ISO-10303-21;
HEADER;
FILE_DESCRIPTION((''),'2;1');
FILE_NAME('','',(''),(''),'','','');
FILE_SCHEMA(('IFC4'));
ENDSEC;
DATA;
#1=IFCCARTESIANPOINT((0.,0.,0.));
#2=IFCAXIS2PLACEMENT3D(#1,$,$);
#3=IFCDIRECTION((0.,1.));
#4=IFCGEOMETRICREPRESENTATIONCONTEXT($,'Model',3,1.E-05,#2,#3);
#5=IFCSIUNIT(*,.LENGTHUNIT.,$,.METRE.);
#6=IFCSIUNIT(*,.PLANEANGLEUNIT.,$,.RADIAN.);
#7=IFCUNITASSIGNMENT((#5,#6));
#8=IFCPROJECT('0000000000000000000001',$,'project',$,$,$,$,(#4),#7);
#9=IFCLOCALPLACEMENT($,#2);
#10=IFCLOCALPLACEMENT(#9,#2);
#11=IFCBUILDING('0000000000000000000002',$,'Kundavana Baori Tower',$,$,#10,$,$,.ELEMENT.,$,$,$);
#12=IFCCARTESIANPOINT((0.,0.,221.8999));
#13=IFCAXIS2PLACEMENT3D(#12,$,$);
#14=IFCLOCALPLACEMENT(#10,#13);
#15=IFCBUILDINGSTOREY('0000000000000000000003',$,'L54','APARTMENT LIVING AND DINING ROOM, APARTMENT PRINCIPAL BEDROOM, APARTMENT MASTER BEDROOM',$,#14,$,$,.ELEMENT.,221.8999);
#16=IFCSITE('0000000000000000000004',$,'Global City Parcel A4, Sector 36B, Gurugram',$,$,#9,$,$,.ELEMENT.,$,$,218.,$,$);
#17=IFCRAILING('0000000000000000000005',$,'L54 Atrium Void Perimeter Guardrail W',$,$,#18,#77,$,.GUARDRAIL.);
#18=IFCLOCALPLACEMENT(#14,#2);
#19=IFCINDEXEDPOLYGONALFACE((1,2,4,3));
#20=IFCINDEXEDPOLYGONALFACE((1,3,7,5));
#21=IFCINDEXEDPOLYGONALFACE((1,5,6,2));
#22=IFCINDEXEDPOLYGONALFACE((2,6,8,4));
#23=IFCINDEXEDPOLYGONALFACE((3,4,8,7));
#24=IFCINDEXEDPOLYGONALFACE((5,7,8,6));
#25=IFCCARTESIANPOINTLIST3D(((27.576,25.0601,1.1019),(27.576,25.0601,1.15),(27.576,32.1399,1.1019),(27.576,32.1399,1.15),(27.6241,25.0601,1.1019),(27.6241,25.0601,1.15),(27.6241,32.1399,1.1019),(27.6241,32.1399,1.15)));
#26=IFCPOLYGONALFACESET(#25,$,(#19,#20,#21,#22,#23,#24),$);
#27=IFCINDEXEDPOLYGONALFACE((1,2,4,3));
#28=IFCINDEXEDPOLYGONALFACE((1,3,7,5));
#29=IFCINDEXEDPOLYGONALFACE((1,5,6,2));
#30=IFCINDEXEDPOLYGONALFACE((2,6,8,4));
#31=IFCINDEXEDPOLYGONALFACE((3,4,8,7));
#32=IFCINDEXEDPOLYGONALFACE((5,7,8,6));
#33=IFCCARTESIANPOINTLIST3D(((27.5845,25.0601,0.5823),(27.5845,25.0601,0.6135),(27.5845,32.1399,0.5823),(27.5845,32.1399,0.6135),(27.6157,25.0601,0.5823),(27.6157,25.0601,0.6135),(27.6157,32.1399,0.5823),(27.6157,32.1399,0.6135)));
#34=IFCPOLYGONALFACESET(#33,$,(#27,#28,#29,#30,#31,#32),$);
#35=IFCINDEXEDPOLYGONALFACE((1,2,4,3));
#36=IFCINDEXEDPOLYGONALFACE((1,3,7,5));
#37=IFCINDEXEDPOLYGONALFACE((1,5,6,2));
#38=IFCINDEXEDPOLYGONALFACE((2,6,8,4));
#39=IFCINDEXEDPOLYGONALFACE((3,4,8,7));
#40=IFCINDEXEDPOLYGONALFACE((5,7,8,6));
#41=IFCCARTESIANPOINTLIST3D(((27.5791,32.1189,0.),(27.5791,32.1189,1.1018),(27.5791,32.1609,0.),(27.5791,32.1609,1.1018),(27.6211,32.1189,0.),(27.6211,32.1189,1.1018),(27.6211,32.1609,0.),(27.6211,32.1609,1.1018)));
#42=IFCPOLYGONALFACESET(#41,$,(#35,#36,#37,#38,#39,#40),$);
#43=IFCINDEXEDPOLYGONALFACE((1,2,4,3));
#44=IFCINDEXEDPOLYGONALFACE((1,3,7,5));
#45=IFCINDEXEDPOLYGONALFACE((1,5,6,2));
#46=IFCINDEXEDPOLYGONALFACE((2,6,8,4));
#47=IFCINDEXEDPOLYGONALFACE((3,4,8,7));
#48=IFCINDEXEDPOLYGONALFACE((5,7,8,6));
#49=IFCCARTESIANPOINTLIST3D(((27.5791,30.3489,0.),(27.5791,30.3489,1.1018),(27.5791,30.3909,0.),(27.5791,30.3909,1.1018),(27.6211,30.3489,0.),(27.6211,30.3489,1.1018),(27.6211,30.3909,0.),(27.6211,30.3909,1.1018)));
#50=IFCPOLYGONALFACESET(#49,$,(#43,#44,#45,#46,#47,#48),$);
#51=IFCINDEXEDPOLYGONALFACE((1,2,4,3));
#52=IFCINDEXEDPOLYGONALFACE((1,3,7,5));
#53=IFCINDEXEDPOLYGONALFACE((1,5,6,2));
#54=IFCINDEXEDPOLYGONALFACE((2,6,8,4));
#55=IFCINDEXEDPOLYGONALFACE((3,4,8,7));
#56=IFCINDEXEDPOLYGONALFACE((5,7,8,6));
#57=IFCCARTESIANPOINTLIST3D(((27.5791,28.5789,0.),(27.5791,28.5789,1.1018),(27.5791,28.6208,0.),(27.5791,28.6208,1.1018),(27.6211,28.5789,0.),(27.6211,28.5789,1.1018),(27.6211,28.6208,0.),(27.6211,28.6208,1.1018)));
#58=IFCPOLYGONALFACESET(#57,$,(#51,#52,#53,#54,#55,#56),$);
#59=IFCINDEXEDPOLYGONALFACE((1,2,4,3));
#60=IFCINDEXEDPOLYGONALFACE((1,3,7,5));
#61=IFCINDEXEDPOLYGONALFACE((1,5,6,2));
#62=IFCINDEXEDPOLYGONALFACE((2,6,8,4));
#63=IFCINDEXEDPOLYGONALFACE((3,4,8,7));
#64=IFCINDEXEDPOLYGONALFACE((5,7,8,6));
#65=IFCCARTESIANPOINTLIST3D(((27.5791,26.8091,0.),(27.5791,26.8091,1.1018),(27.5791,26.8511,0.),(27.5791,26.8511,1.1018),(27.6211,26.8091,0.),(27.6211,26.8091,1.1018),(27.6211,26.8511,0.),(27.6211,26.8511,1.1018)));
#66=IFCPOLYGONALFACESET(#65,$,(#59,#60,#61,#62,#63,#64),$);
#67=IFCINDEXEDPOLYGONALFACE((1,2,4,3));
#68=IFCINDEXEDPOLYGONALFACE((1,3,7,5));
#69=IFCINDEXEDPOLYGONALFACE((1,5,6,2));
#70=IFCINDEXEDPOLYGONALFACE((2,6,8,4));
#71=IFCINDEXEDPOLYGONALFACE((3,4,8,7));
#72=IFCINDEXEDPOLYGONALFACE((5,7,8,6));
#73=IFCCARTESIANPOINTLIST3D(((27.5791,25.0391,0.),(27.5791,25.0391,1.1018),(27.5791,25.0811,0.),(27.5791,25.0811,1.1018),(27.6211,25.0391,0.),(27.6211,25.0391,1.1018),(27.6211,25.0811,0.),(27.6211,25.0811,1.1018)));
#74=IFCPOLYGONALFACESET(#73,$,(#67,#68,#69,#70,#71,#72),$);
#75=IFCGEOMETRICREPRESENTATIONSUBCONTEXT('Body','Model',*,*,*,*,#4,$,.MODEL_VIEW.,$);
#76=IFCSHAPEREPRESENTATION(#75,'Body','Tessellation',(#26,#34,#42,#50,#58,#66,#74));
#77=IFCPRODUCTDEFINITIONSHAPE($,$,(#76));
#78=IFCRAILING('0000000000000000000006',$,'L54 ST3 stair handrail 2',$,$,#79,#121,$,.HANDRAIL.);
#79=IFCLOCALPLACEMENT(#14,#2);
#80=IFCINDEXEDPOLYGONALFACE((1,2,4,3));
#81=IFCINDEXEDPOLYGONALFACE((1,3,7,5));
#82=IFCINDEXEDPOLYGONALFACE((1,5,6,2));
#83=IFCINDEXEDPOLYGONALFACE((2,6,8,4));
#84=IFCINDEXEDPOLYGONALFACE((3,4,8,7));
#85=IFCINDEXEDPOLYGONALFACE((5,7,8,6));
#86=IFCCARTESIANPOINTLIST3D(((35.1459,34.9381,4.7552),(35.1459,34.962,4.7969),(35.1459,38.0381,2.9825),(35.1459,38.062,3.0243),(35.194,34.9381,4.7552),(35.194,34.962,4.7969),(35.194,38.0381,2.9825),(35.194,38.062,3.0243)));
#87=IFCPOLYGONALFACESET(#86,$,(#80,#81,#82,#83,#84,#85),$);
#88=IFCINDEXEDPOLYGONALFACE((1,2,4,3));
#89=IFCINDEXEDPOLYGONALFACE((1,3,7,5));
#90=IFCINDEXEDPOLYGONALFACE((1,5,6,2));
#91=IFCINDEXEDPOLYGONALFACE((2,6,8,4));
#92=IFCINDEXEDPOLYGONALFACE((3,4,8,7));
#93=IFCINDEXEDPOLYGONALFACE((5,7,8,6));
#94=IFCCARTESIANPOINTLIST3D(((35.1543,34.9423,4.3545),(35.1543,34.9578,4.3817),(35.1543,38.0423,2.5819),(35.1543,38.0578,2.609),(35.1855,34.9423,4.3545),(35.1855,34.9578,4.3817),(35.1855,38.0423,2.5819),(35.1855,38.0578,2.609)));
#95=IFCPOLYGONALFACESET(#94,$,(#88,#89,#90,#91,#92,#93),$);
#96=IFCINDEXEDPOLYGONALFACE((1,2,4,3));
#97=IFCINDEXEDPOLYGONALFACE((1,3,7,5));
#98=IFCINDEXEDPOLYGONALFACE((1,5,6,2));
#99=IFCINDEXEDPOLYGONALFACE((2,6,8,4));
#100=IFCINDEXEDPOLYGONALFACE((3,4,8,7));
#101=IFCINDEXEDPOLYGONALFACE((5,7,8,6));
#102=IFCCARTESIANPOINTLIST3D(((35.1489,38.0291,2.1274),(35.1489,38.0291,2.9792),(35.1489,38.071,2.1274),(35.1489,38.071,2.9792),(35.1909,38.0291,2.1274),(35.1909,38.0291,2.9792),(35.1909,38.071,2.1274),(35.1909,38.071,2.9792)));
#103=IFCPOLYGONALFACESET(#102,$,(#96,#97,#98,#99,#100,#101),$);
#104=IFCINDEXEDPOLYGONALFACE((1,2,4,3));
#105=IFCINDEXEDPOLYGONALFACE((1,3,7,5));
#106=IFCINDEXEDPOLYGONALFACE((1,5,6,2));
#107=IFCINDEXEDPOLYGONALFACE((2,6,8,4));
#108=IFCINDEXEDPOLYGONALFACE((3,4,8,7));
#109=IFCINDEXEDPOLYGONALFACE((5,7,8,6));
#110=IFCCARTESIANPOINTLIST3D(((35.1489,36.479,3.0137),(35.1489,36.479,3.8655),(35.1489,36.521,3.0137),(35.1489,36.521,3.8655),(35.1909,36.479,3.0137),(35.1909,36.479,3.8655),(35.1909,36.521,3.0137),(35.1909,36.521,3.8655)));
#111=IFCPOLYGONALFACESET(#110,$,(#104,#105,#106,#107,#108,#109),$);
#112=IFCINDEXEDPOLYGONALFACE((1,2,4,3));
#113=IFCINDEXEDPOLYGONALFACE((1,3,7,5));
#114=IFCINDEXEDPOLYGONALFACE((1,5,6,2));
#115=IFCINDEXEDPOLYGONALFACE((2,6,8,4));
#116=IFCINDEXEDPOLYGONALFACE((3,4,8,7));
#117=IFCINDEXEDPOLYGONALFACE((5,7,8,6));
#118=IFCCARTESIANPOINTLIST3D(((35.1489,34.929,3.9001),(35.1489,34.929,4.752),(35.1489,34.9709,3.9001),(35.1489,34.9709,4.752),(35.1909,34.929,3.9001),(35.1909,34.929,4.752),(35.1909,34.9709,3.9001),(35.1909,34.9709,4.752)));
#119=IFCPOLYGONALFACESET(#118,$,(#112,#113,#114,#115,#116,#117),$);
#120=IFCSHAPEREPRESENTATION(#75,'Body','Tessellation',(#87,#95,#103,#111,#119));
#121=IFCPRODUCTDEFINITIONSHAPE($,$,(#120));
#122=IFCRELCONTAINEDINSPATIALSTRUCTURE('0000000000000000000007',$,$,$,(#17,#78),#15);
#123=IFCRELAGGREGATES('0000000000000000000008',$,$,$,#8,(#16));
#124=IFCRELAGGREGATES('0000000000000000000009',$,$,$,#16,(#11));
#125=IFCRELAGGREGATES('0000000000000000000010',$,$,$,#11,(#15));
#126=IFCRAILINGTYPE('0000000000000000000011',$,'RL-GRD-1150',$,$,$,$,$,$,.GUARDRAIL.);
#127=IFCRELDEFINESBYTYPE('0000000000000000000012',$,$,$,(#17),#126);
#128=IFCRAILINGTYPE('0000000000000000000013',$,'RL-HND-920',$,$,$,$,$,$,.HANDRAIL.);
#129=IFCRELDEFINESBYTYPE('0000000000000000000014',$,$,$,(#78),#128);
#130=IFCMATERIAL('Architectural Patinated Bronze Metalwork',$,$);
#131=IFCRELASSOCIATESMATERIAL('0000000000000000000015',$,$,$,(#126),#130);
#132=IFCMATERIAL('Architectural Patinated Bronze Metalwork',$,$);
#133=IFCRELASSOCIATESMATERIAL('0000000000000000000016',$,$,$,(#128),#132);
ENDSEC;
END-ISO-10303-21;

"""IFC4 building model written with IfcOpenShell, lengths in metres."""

from ifc_helpers import new_model, si_unit, direction, frame, origin, origin_2d, place, context, subcontext, project, spatial, rectangle, extrude, material, type_object, element, save


model = new_model("IFC4")

# Units and contexts
model_context = context("Model", 3, precision=1e-05, world=origin(), true_north=direction((0.0, 1.0)))
body_context = subcontext(model_context, "Body", "Model", "MODEL_VIEW")
ifc_project = project(units=[si_unit("LENGTHUNIT", "METRE"), si_unit("PLANEANGLEUNIT", "RADIAN")], contexts=[model_context])

# Site, building, storey
site_placement = place(None, origin())
site = spatial("IfcSite", under=ifc_project, at=site_placement, Name="Global City Parcel A4, Sector 36B, Gurugram", CompositionType="ELEMENT", RefElevation=218.0)
building_placement = place(site_placement, origin())
building = spatial("IfcBuilding", under=site, at=building_placement, Name="Kundavana Baori Tower", CompositionType="ELEMENT")
storey_placement = place(building_placement, frame((0.0, 0.0, 221.8999)))
storey = spatial("IfcBuildingStorey", under=building, at=storey_placement, Name="L54", Description="APARTMENT LIVING AND DINING ROOM, APARTMENT PRINCIPAL BEDROOM, APARTMENT MASTER BEDROOM", CompositionType="ELEMENT", Elevation=221.8999)

# Railings
ifc_material_1 = material(Name="Architectural Patinated Bronze Metalwork")
railing_type_1 = type_object("IfcRailingType", Name="RL-GRD-1150", PredefinedType="GUARDRAIL", material=ifc_material_1)
railing_1_placement = place(storey_placement, frame((27.6001, 32.1399, 0.0)))
element("IfcRailing", 1, at=railing_1_placement, inside=storey, type_object=railing_type_1, Name="L54 Atrium Void Perimeter Guardrail W", PredefinedType="GUARDRAIL", context=body_context, shape_type="SweptSolid", body=[
    extrude(rectangle(XDim=0.0481, YDim=0.0481, at=origin_2d()), frame((0.0, 0.0, 1.126), z_axis=(0.0, -1.0, 0.0), x_axis=(1.0, 0.0, 0.0)), (0.0, 0.0, 1.0), 7.0798),
    extrude(rectangle(XDim=0.0312, YDim=0.0312, at=origin_2d()), frame((0.0, 0.0, 0.5979), z_axis=(0.0, -1.0, 0.0), x_axis=(1.0, 0.0, 0.0)), (0.0, 0.0, 1.0), 7.0798),
    extrude(rectangle(XDim=0.042, YDim=0.042, at=origin_2d()), origin(), (0.0, 0.0, 1.0), 1.1018),
    extrude(rectangle(XDim=0.042, YDim=0.042, at=origin_2d()), frame((0.0, -1.77, 0.0)), (0.0, 0.0, 1.0), 1.1018),
    extrude(rectangle(XDim=0.042, YDim=0.042, at=origin_2d()), frame((0.0, -3.54, 0.0)), (0.0, 0.0, 1.0), 1.1018),
    extrude(rectangle(XDim=0.042, YDim=0.042, at=origin_2d()), frame((0.0, -5.3098, 0.0)), (0.0, 0.0, 1.0), 1.1018),
    extrude(rectangle(XDim=0.042, YDim=0.042, at=origin_2d()), frame((0.0, -7.0798, 0.0)), (0.0, 0.0, 1.0), 1.1018),
])
ifc_material_2 = material(Name="Architectural Patinated Bronze Metalwork")
railing_type_2 = type_object("IfcRailingType", Name="RL-HND-920", PredefinedType="HANDRAIL", material=ifc_material_2)
railing_2_placement = place(storey_placement, frame((35.1699, 38.05, 2.1274)))
element("IfcRailing", 2, at=railing_2_placement, inside=storey, type_object=railing_type_2, Name="L54 ST3 stair handrail 2", PredefinedType="HANDRAIL", context=body_context, shape_type="SweptSolid", body=[
    extrude(rectangle(XDim=0.0481, YDim=0.0481, at=origin_2d()), frame((0.0, 0.0, 0.876), z_axis=(0.0, -0.868096, 0.496397), x_axis=(1.0, 0.0, 0.0)), (0.0, 0.0, 1.0), 3.571),
    extrude(rectangle(XDim=0.0312, YDim=0.0312, at=origin_2d()), frame((0.0, 0.0, 0.468), z_axis=(0.0, -0.868096, 0.496397), x_axis=(1.0, 0.0, 0.0)), (0.0, 0.0, 1.0), 3.571),
    extrude(rectangle(XDim=0.042, YDim=0.042, at=origin_2d()), origin(), (0.0, 0.0, 1.0), 0.8518),
    extrude(rectangle(XDim=0.042, YDim=0.042, at=origin_2d()), frame((0.0, -1.55, 0.8862)), (0.0, 0.0, 1.0), 0.8518),
    extrude(rectangle(XDim=0.042, YDim=0.042, at=origin_2d()), frame((0.0, -3.1001, 1.7727)), (0.0, 0.0, 1.0), 0.8518),
])

save(model, "model.ifc")
